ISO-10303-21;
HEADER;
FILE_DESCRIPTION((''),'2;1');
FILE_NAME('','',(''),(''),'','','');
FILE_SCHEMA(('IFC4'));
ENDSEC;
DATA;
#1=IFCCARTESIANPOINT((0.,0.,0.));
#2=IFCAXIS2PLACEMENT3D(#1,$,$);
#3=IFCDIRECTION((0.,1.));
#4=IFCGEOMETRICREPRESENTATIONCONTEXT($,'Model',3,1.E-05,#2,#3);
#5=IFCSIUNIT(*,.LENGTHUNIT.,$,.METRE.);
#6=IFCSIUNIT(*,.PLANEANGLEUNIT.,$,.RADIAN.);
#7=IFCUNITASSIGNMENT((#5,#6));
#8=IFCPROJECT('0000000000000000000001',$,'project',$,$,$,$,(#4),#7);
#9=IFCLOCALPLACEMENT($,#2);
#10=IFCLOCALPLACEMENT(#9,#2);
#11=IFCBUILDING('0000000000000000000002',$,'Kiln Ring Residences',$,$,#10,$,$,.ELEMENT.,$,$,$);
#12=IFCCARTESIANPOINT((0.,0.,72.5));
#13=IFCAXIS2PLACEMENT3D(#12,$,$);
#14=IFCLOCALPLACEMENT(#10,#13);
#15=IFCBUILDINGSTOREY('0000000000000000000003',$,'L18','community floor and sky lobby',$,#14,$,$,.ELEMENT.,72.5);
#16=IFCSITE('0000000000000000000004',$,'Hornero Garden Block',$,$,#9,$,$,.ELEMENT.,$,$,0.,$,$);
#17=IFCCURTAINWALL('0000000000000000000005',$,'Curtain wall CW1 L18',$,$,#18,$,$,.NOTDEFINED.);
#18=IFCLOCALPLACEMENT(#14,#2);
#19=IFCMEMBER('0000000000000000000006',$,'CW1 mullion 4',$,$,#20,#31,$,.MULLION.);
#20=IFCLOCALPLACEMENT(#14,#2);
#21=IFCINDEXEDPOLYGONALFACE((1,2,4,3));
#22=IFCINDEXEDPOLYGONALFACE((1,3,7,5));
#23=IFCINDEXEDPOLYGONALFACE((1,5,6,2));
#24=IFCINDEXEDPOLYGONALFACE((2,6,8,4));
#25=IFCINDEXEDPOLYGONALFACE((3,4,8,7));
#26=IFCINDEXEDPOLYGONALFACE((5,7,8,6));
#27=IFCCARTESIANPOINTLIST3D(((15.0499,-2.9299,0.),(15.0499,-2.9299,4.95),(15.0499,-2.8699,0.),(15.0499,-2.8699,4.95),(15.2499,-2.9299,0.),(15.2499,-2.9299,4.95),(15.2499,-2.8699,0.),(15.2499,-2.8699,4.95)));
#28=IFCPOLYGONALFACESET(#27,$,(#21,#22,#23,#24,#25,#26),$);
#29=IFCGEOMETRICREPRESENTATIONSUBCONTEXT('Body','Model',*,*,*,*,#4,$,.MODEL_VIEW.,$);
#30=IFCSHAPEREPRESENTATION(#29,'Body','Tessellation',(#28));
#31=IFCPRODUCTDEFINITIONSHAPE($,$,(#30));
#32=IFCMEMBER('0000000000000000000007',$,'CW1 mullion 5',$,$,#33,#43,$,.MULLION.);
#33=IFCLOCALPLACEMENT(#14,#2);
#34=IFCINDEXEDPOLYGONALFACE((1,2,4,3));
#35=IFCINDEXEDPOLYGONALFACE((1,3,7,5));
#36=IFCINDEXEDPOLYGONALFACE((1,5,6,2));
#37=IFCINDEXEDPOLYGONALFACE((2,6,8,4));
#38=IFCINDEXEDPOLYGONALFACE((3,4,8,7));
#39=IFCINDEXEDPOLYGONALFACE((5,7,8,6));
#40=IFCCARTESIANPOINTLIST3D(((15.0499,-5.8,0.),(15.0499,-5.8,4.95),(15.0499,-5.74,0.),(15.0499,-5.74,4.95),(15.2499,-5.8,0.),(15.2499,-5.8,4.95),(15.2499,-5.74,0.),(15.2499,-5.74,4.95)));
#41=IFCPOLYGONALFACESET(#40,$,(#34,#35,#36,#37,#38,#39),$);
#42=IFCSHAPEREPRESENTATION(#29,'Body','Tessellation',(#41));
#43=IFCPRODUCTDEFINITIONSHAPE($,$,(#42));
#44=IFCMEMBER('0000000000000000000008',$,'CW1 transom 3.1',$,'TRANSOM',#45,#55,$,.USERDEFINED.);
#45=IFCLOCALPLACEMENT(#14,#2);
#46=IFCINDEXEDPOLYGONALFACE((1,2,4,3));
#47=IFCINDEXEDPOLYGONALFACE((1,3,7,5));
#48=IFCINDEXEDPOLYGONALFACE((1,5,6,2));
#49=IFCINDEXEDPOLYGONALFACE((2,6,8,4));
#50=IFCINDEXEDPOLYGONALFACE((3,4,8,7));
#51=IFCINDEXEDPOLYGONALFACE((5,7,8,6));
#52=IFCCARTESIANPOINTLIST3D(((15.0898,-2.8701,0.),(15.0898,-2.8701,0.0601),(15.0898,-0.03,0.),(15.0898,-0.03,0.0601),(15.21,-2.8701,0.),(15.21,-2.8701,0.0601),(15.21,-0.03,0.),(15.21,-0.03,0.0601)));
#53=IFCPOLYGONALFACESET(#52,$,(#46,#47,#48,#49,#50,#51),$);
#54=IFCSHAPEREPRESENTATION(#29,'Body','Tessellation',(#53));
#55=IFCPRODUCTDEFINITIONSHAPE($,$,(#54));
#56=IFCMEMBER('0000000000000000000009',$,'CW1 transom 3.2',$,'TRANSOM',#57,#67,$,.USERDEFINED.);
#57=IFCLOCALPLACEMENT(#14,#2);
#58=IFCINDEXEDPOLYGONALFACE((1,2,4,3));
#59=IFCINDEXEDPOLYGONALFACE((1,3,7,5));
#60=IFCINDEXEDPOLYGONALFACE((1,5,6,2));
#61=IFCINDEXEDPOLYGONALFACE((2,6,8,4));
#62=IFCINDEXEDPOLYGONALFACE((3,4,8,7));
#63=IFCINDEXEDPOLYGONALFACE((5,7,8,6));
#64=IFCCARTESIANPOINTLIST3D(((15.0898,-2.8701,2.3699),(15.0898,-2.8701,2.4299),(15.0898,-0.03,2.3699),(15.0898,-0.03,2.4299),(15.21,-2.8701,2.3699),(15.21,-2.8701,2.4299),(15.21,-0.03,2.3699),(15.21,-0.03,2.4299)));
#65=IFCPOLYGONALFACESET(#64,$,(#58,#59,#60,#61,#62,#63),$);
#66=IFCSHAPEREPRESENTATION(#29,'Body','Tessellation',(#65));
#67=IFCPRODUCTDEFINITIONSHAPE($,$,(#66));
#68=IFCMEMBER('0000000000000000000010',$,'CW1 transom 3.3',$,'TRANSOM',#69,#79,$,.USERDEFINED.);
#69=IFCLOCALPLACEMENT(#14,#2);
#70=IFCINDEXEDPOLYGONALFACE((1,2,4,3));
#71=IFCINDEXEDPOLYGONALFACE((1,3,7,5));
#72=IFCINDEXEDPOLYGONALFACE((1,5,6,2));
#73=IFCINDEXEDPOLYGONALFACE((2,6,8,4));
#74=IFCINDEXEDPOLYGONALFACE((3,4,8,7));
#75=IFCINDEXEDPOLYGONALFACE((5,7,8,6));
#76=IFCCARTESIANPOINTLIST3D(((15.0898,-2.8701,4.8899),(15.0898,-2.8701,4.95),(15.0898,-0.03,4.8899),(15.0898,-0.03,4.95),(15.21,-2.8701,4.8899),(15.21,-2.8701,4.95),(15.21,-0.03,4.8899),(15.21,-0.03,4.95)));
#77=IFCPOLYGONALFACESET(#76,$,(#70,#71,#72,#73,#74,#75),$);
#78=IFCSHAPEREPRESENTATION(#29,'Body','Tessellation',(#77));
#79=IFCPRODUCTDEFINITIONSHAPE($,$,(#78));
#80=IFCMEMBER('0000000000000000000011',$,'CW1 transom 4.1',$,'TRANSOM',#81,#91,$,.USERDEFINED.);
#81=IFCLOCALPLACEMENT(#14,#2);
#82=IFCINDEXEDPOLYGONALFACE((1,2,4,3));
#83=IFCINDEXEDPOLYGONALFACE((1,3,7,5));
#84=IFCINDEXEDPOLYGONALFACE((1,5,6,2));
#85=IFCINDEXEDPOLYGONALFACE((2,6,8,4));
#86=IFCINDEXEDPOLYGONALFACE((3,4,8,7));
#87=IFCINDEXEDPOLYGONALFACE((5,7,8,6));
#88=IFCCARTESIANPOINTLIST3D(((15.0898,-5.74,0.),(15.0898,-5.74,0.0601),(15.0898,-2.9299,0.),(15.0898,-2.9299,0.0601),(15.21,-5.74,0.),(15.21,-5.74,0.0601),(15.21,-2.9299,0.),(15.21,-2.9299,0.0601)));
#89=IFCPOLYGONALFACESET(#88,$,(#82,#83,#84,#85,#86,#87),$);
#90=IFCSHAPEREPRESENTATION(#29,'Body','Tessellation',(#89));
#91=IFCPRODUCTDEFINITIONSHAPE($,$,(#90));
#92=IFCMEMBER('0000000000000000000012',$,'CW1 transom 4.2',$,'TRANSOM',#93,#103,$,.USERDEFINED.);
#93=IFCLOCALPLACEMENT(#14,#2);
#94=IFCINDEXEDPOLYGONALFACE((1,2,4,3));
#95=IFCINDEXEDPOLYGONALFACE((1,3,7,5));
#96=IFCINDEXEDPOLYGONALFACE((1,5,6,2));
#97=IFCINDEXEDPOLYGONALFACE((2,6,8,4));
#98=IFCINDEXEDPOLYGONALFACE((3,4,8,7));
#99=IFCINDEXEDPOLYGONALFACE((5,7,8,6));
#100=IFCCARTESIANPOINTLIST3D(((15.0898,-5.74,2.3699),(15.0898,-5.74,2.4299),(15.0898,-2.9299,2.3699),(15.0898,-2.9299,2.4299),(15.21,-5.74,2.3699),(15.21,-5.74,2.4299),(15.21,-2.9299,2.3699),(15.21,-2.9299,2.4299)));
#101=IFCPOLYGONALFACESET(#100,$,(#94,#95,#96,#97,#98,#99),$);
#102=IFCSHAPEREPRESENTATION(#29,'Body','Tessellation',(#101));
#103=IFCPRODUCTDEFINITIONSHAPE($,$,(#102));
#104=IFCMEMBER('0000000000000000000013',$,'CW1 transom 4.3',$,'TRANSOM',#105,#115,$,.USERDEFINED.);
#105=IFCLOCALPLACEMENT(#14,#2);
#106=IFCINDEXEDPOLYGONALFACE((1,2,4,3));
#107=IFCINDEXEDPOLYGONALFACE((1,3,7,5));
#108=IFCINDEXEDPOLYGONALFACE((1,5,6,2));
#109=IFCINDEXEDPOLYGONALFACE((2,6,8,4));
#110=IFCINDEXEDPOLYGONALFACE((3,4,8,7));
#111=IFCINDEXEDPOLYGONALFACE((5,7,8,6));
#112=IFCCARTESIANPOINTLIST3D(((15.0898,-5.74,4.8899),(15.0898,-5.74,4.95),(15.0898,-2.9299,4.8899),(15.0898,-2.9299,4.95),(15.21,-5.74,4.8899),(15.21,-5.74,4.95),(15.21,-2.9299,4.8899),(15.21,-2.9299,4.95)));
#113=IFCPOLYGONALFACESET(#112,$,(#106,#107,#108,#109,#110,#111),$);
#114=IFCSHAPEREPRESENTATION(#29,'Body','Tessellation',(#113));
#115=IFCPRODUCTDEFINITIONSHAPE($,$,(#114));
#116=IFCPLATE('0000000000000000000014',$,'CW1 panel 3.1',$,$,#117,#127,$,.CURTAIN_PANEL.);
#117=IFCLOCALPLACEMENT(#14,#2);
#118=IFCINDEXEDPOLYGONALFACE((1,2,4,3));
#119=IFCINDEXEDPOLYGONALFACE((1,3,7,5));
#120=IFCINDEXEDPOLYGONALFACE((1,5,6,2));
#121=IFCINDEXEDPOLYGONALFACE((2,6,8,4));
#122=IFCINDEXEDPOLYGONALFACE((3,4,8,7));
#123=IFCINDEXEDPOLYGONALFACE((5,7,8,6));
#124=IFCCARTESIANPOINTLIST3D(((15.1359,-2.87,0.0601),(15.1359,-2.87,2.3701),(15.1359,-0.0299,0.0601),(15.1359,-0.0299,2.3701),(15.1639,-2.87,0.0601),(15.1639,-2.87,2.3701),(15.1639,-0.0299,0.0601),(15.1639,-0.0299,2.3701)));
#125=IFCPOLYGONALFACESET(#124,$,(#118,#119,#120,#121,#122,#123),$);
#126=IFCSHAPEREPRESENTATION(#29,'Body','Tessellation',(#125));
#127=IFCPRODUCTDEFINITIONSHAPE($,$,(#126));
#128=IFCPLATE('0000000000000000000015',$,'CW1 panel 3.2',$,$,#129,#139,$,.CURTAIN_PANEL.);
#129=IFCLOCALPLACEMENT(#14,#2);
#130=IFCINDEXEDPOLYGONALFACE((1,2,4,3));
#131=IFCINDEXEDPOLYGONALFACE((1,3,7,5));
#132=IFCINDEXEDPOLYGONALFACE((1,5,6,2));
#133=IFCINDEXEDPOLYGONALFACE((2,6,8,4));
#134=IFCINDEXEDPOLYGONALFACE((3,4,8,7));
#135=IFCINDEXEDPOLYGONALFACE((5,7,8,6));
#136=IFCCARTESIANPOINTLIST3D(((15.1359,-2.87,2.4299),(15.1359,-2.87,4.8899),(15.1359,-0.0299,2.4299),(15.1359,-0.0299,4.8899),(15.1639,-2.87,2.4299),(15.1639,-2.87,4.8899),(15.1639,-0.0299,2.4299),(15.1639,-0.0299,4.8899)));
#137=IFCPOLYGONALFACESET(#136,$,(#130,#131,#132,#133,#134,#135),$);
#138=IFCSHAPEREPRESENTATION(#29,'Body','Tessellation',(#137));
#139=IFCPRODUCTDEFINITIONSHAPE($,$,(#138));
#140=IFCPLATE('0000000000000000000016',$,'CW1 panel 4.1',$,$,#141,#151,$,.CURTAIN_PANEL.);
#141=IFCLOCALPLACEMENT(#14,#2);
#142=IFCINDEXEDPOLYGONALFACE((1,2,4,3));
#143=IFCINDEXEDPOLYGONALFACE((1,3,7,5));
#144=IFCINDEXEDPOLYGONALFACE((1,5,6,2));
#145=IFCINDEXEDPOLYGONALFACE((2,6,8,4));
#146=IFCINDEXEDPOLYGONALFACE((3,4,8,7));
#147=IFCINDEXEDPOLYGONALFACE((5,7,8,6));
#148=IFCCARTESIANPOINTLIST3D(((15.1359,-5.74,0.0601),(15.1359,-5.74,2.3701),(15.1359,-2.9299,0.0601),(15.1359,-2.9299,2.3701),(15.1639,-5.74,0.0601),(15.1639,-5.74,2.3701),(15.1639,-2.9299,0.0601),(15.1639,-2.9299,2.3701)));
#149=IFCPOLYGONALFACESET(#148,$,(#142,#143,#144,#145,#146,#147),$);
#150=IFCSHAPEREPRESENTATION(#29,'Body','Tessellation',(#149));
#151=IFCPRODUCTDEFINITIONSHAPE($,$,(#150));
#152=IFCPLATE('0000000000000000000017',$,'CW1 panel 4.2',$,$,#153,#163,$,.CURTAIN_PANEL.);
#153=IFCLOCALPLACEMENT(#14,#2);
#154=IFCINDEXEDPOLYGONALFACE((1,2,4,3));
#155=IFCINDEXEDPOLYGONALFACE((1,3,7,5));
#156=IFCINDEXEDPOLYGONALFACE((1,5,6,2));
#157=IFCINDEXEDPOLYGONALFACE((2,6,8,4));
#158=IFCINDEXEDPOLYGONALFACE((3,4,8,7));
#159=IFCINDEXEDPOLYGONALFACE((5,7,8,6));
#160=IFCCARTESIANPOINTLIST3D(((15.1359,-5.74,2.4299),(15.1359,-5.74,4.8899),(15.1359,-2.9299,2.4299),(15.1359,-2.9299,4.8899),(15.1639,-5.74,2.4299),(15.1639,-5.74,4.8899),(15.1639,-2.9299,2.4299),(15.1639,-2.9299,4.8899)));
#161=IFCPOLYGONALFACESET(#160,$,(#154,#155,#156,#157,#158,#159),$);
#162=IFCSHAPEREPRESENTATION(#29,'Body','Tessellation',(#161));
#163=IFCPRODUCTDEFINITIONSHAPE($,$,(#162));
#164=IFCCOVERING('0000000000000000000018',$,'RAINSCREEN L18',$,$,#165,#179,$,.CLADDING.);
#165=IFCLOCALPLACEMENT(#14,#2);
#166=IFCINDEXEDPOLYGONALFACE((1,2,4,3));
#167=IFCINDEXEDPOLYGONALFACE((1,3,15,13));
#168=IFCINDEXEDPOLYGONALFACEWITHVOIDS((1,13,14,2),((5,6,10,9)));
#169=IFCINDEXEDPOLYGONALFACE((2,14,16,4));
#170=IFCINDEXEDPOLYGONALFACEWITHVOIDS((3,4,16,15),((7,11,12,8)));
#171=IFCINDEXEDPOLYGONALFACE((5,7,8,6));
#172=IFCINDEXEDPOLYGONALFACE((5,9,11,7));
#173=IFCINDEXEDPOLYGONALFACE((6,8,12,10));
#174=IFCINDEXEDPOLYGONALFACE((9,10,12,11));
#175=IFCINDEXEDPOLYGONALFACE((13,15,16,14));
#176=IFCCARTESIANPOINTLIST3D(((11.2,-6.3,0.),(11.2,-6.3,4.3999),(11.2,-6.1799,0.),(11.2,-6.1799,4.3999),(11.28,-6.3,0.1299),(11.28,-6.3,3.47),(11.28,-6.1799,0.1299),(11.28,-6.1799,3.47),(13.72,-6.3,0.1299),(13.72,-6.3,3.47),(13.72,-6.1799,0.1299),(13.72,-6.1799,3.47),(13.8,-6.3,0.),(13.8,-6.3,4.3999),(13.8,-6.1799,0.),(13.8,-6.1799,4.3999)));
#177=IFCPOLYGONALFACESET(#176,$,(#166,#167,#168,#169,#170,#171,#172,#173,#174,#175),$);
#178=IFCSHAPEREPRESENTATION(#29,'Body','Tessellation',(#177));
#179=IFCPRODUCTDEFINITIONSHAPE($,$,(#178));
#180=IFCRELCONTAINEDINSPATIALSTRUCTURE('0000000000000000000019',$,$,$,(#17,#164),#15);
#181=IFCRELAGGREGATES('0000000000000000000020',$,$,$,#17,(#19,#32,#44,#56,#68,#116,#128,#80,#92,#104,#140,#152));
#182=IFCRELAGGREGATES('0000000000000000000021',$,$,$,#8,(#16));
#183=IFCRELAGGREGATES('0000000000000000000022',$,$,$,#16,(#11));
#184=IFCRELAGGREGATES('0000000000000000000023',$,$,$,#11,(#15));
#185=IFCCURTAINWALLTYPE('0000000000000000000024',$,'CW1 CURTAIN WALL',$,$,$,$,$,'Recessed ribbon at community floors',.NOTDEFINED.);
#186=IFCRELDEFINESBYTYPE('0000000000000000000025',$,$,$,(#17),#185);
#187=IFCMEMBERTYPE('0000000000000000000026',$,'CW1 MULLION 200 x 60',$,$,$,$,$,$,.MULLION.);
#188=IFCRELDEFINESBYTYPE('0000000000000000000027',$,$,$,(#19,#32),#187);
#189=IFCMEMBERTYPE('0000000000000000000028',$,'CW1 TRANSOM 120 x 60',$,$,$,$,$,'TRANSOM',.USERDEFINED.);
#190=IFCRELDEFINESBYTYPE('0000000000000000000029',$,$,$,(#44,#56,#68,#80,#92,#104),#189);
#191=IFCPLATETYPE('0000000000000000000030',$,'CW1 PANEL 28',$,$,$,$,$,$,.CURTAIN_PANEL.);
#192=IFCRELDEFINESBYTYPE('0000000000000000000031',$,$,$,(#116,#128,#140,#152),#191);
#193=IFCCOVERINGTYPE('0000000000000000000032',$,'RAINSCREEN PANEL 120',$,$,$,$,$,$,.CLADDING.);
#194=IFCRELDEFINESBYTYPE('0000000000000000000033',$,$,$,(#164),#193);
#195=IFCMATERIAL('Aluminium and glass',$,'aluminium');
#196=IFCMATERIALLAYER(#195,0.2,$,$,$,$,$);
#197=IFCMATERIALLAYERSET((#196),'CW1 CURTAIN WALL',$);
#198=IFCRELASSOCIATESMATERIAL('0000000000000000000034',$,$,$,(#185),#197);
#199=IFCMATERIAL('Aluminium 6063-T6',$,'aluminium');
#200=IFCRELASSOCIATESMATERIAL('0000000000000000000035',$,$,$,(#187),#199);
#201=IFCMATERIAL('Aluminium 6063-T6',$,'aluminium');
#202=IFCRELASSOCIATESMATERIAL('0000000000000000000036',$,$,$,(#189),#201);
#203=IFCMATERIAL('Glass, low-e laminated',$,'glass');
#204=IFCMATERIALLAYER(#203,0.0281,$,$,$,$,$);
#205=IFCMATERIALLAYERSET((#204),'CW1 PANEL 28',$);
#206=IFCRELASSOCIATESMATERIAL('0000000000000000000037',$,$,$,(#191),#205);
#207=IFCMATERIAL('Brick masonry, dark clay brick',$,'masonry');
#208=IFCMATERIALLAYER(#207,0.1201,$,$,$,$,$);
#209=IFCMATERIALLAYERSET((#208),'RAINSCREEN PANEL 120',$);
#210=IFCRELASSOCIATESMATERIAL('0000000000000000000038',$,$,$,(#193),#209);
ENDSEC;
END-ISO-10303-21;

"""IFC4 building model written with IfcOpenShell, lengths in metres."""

from ifc_helpers import new_model, si_unit, direction, frame, origin, origin_2d, place, context, subcontext, project, spatial, polyline, rectangle, outline, extrude, material, layer, layer_set, material_profile, profile_set, type_object, element, aggregate, save


model = new_model("IFC4")

# Units and contexts
model_context = context("Model", 3, precision=1e-05, world=origin(), true_north=direction((0.0, 1.0)))
body_context = subcontext(model_context, "Body", "Model", "MODEL_VIEW")
ifc_project = project(units=[si_unit("LENGTHUNIT", "METRE"), si_unit("PLANEANGLEUNIT", "RADIAN")], contexts=[model_context])

# Site, building, storey
site_placement = place(None, origin())
site = spatial("IfcSite", under=ifc_project, at=site_placement, Name="Hornero Garden Block", CompositionType="ELEMENT", RefElevation=0.0)
building_placement = place(site_placement, origin())
building = spatial("IfcBuilding", under=site, at=building_placement, Name="Kiln Ring Residences", CompositionType="ELEMENT")
storey_placement = place(building_placement, frame((0.0, 0.0, 72.5)))
storey = spatial("IfcBuildingStorey", under=building, at=storey_placement, Name="L18", Description="community floor and sky lobby", CompositionType="ELEMENT", Elevation=72.5)

# Curtain wall, members, plates
ifc_material_1 = material(Name="Aluminium and glass", Category="aluminium")
ifc_layer_1 = layer(ifc_material_1, 0.2)
ifc_layer_set_1 = layer_set([ifc_layer_1], Name="CW1 CURTAIN WALL")
curtain_wall_type = type_object("IfcCurtainWallType", Name="CW1 CURTAIN WALL", ElementType="Recessed ribbon at community floors", PredefinedType="NOTDEFINED", material=ifc_layer_set_1)
curtain_wall_placement = place(storey_placement, origin())
curtain_wall = element("IfcCurtainWall", 1, at=curtain_wall_placement, inside=storey, type_object=curtain_wall_type, Name="Curtain wall CW1 L18", PredefinedType="NOTDEFINED")
ifc_material_2 = material(Name="Aluminium 6063-T6", Category="aluminium")
ifc_material_profile_1 = material_profile(ifc_material_2, rectangle(XDim=0.2, YDim=0.0601, at=origin_2d()), Name="AL 200x60")
ifc_profile_set_1 = profile_set([ifc_material_profile_1], Name="Aluminium 6063-T6")
member_type_1 = type_object("IfcMemberType", Name="CW1 MULLION 200 x 60", PredefinedType="MULLION", material=ifc_profile_set_1)
member_1_placement = place(storey_placement, frame((15.1499, -2.8999, 0.0), z_axis=(0.0, 0.0, 1.0), x_axis=(1.0, 0.0, 0.0)))
member_1 = element("IfcMember", 2, at=member_1_placement, type_object=member_type_1, Name="CW1 mullion 4", PredefinedType="MULLION", context=body_context, shape_type="SweptSolid", body=[
    extrude(rectangle(XDim=0.2, YDim=0.0601, at=origin_2d()), origin(), (0.0, 0.0, 1.0), 4.95),
])
member_2_placement = place(storey_placement, frame((15.1499, -5.77, 0.0), z_axis=(0.0, 0.0, 1.0), x_axis=(1.0, 0.0, 0.0)))
member_2 = element("IfcMember", 3, at=member_2_placement, type_object=member_type_1, Name="CW1 mullion 5", PredefinedType="MULLION", context=body_context, shape_type="SweptSolid", body=[
    extrude(rectangle(XDim=0.2, YDim=0.0601, at=origin_2d()), origin(), (0.0, 0.0, 1.0), 4.95),
])
ifc_material_3 = material(Name="Aluminium 6063-T6", Category="aluminium")
ifc_material_profile_2 = material_profile(ifc_material_3, rectangle(XDim=0.1201, YDim=0.0601, at=origin_2d()), Name="AL 120x60")
ifc_profile_set_2 = profile_set([ifc_material_profile_2], Name="Aluminium 6063-T6")
member_type_2 = type_object("IfcMemberType", Name="CW1 TRANSOM 120 x 60", ElementType="TRANSOM", PredefinedType="USERDEFINED", material=ifc_profile_set_2)
member_3_placement = place(storey_placement, frame((15.1499, -0.03, 0.03), z_axis=(0.0, -1.0, 0.0), x_axis=(1.0, 0.0, 0.0)))
member_3 = element("IfcMember", 4, at=member_3_placement, type_object=member_type_2, Name="CW1 transom 3.1", ObjectType="TRANSOM", PredefinedType="USERDEFINED", context=body_context, shape_type="SweptSolid", body=[
    extrude(rectangle(XDim=0.1201, YDim=0.0601, at=origin_2d()), origin(), (0.0, 0.0, 1.0), 2.8401),
])
member_4_placement = place(storey_placement, frame((15.1499, -0.03, 2.3999), z_axis=(0.0, -1.0, 0.0), x_axis=(1.0, 0.0, 0.0)))
member_4 = element("IfcMember", 5, at=member_4_placement, type_object=member_type_2, Name="CW1 transom 3.2", ObjectType="TRANSOM", PredefinedType="USERDEFINED", context=body_context, shape_type="SweptSolid", body=[
    extrude(rectangle(XDim=0.1201, YDim=0.0601, at=origin_2d()), origin(), (0.0, 0.0, 1.0), 2.8401),
])
member_5_placement = place(storey_placement, frame((15.1499, -0.03, 4.9199), z_axis=(0.0, -1.0, 0.0), x_axis=(1.0, 0.0, 0.0)))
member_5 = element("IfcMember", 6, at=member_5_placement, type_object=member_type_2, Name="CW1 transom 3.3", ObjectType="TRANSOM", PredefinedType="USERDEFINED", context=body_context, shape_type="SweptSolid", body=[
    extrude(rectangle(XDim=0.1201, YDim=0.0601, at=origin_2d()), origin(), (0.0, 0.0, 1.0), 2.8401),
])
member_6_placement = place(storey_placement, frame((15.1499, -2.9299, 0.03), z_axis=(0.0, -1.0, 0.0), x_axis=(1.0, 0.0, 0.0)))
member_6 = element("IfcMember", 7, at=member_6_placement, type_object=member_type_2, Name="CW1 transom 4.1", ObjectType="TRANSOM", PredefinedType="USERDEFINED", context=body_context, shape_type="SweptSolid", body=[
    extrude(rectangle(XDim=0.1201, YDim=0.0601, at=origin_2d()), origin(), (0.0, 0.0, 1.0), 2.8101),
])
member_7_placement = place(storey_placement, frame((15.1499, -2.9299, 2.3999), z_axis=(0.0, -1.0, 0.0), x_axis=(1.0, 0.0, 0.0)))
member_7 = element("IfcMember", 8, at=member_7_placement, type_object=member_type_2, Name="CW1 transom 4.2", ObjectType="TRANSOM", PredefinedType="USERDEFINED", context=body_context, shape_type="SweptSolid", body=[
    extrude(rectangle(XDim=0.1201, YDim=0.0601, at=origin_2d()), origin(), (0.0, 0.0, 1.0), 2.8101),
])
member_8_placement = place(storey_placement, frame((15.1499, -2.9299, 4.9199), z_axis=(0.0, -1.0, 0.0), x_axis=(1.0, 0.0, 0.0)))
member_8 = element("IfcMember", 9, at=member_8_placement, type_object=member_type_2, Name="CW1 transom 4.3", ObjectType="TRANSOM", PredefinedType="USERDEFINED", context=body_context, shape_type="SweptSolid", body=[
    extrude(rectangle(XDim=0.1201, YDim=0.0601, at=origin_2d()), origin(), (0.0, 0.0, 1.0), 2.8101),
])
ifc_material_4 = material(Name="Glass, low-e laminated", Category="glass")
ifc_layer_2 = layer(ifc_material_4, 0.0281)
ifc_layer_set_2 = layer_set([ifc_layer_2], Name="CW1 PANEL 28")
plate_type = type_object("IfcPlateType", Name="CW1 PANEL 28", PredefinedType="CURTAIN_PANEL", material=ifc_layer_set_2)
plate_1_placement = place(storey_placement, frame((15.1499, -1.45, 0.0601), z_axis=(0.0, 0.0, 1.0), x_axis=(0.0, -1.0, 0.0)))
plate_1 = element("IfcPlate", 10, at=plate_1_placement, type_object=plate_type, Name="CW1 panel 3.1", PredefinedType="CURTAIN_PANEL", context=body_context, shape_type="SweptSolid", body=[
    extrude(rectangle(XDim=2.8401, YDim=0.0281, at=origin_2d()), origin(), (0.0, 0.0, 1.0), 2.3101),
])
plate_2_placement = place(storey_placement, frame((15.1499, -1.45, 2.4299), z_axis=(0.0, 0.0, 1.0), x_axis=(0.0, -1.0, 0.0)))
plate_2 = element("IfcPlate", 11, at=plate_2_placement, type_object=plate_type, Name="CW1 panel 3.2", PredefinedType="CURTAIN_PANEL", context=body_context, shape_type="SweptSolid", body=[
    extrude(rectangle(XDim=2.8401, YDim=0.0281, at=origin_2d()), origin(), (0.0, 0.0, 1.0), 2.46),
])
plate_3_placement = place(storey_placement, frame((15.1499, -4.335, 0.0601), z_axis=(0.0, 0.0, 1.0), x_axis=(0.0, -1.0, 0.0)))
plate_3 = element("IfcPlate", 12, at=plate_3_placement, type_object=plate_type, Name="CW1 panel 4.1", PredefinedType="CURTAIN_PANEL", context=body_context, shape_type="SweptSolid", body=[
    extrude(rectangle(XDim=2.8101, YDim=0.0281, at=origin_2d()), origin(), (0.0, 0.0, 1.0), 2.3101),
])
plate_4_placement = place(storey_placement, frame((15.1499, -4.335, 2.4299), z_axis=(0.0, 0.0, 1.0), x_axis=(0.0, -1.0, 0.0)))
plate_4 = element("IfcPlate", 13, at=plate_4_placement, type_object=plate_type, Name="CW1 panel 4.2", PredefinedType="CURTAIN_PANEL", context=body_context, shape_type="SweptSolid", body=[
    extrude(rectangle(XDim=2.8101, YDim=0.0281, at=origin_2d()), origin(), (0.0, 0.0, 1.0), 2.46),
])
aggregate(curtain_wall, [member_1, member_2, member_3, member_4, member_5, plate_1, plate_2, member_6, member_7, member_8, plate_3, plate_4])

# Covering
ifc_material_5 = material(Name="Brick masonry, dark clay brick", Category="masonry")
ifc_layer_3 = layer(ifc_material_5, 0.1201)
ifc_layer_set_3 = layer_set([ifc_layer_3], Name="RAINSCREEN PANEL 120")
covering_type = type_object("IfcCoveringType", Name="RAINSCREEN PANEL 120", PredefinedType="CLADDING", material=ifc_layer_set_3)
covering_placement = place(storey_placement, frame((13.8, -6.24, 0.0), z_axis=(0.0, 0.0, 1.0), x_axis=(-1.0, 0.0, 0.0)))
element("IfcCovering", 14, at=covering_placement, inside=storey, type_object=covering_type, Name="RAINSCREEN L18", PredefinedType="CLADDING", context=body_context, shape_type="SweptSolid", body=[
    extrude(outline(polyline([(0.0, 0.0), (2.6001, 0.0), (2.6001, 4.3999), (0.0, 4.3999), (0.0, 0.0)]), holes=[polyline([(0.0801, 3.47), (0.0801, 0.1299), (2.52, 0.1299), (2.52, 3.47), (0.0801, 3.47)])]), frame((0.0, 0.0601, 0.0), z_axis=(0.0, -1.0, 0.0), x_axis=(1.0, 0.0, 0.0)), (0.0, 0.0, 1.0), 0.1201),
])

save(model, "model.ifc")
